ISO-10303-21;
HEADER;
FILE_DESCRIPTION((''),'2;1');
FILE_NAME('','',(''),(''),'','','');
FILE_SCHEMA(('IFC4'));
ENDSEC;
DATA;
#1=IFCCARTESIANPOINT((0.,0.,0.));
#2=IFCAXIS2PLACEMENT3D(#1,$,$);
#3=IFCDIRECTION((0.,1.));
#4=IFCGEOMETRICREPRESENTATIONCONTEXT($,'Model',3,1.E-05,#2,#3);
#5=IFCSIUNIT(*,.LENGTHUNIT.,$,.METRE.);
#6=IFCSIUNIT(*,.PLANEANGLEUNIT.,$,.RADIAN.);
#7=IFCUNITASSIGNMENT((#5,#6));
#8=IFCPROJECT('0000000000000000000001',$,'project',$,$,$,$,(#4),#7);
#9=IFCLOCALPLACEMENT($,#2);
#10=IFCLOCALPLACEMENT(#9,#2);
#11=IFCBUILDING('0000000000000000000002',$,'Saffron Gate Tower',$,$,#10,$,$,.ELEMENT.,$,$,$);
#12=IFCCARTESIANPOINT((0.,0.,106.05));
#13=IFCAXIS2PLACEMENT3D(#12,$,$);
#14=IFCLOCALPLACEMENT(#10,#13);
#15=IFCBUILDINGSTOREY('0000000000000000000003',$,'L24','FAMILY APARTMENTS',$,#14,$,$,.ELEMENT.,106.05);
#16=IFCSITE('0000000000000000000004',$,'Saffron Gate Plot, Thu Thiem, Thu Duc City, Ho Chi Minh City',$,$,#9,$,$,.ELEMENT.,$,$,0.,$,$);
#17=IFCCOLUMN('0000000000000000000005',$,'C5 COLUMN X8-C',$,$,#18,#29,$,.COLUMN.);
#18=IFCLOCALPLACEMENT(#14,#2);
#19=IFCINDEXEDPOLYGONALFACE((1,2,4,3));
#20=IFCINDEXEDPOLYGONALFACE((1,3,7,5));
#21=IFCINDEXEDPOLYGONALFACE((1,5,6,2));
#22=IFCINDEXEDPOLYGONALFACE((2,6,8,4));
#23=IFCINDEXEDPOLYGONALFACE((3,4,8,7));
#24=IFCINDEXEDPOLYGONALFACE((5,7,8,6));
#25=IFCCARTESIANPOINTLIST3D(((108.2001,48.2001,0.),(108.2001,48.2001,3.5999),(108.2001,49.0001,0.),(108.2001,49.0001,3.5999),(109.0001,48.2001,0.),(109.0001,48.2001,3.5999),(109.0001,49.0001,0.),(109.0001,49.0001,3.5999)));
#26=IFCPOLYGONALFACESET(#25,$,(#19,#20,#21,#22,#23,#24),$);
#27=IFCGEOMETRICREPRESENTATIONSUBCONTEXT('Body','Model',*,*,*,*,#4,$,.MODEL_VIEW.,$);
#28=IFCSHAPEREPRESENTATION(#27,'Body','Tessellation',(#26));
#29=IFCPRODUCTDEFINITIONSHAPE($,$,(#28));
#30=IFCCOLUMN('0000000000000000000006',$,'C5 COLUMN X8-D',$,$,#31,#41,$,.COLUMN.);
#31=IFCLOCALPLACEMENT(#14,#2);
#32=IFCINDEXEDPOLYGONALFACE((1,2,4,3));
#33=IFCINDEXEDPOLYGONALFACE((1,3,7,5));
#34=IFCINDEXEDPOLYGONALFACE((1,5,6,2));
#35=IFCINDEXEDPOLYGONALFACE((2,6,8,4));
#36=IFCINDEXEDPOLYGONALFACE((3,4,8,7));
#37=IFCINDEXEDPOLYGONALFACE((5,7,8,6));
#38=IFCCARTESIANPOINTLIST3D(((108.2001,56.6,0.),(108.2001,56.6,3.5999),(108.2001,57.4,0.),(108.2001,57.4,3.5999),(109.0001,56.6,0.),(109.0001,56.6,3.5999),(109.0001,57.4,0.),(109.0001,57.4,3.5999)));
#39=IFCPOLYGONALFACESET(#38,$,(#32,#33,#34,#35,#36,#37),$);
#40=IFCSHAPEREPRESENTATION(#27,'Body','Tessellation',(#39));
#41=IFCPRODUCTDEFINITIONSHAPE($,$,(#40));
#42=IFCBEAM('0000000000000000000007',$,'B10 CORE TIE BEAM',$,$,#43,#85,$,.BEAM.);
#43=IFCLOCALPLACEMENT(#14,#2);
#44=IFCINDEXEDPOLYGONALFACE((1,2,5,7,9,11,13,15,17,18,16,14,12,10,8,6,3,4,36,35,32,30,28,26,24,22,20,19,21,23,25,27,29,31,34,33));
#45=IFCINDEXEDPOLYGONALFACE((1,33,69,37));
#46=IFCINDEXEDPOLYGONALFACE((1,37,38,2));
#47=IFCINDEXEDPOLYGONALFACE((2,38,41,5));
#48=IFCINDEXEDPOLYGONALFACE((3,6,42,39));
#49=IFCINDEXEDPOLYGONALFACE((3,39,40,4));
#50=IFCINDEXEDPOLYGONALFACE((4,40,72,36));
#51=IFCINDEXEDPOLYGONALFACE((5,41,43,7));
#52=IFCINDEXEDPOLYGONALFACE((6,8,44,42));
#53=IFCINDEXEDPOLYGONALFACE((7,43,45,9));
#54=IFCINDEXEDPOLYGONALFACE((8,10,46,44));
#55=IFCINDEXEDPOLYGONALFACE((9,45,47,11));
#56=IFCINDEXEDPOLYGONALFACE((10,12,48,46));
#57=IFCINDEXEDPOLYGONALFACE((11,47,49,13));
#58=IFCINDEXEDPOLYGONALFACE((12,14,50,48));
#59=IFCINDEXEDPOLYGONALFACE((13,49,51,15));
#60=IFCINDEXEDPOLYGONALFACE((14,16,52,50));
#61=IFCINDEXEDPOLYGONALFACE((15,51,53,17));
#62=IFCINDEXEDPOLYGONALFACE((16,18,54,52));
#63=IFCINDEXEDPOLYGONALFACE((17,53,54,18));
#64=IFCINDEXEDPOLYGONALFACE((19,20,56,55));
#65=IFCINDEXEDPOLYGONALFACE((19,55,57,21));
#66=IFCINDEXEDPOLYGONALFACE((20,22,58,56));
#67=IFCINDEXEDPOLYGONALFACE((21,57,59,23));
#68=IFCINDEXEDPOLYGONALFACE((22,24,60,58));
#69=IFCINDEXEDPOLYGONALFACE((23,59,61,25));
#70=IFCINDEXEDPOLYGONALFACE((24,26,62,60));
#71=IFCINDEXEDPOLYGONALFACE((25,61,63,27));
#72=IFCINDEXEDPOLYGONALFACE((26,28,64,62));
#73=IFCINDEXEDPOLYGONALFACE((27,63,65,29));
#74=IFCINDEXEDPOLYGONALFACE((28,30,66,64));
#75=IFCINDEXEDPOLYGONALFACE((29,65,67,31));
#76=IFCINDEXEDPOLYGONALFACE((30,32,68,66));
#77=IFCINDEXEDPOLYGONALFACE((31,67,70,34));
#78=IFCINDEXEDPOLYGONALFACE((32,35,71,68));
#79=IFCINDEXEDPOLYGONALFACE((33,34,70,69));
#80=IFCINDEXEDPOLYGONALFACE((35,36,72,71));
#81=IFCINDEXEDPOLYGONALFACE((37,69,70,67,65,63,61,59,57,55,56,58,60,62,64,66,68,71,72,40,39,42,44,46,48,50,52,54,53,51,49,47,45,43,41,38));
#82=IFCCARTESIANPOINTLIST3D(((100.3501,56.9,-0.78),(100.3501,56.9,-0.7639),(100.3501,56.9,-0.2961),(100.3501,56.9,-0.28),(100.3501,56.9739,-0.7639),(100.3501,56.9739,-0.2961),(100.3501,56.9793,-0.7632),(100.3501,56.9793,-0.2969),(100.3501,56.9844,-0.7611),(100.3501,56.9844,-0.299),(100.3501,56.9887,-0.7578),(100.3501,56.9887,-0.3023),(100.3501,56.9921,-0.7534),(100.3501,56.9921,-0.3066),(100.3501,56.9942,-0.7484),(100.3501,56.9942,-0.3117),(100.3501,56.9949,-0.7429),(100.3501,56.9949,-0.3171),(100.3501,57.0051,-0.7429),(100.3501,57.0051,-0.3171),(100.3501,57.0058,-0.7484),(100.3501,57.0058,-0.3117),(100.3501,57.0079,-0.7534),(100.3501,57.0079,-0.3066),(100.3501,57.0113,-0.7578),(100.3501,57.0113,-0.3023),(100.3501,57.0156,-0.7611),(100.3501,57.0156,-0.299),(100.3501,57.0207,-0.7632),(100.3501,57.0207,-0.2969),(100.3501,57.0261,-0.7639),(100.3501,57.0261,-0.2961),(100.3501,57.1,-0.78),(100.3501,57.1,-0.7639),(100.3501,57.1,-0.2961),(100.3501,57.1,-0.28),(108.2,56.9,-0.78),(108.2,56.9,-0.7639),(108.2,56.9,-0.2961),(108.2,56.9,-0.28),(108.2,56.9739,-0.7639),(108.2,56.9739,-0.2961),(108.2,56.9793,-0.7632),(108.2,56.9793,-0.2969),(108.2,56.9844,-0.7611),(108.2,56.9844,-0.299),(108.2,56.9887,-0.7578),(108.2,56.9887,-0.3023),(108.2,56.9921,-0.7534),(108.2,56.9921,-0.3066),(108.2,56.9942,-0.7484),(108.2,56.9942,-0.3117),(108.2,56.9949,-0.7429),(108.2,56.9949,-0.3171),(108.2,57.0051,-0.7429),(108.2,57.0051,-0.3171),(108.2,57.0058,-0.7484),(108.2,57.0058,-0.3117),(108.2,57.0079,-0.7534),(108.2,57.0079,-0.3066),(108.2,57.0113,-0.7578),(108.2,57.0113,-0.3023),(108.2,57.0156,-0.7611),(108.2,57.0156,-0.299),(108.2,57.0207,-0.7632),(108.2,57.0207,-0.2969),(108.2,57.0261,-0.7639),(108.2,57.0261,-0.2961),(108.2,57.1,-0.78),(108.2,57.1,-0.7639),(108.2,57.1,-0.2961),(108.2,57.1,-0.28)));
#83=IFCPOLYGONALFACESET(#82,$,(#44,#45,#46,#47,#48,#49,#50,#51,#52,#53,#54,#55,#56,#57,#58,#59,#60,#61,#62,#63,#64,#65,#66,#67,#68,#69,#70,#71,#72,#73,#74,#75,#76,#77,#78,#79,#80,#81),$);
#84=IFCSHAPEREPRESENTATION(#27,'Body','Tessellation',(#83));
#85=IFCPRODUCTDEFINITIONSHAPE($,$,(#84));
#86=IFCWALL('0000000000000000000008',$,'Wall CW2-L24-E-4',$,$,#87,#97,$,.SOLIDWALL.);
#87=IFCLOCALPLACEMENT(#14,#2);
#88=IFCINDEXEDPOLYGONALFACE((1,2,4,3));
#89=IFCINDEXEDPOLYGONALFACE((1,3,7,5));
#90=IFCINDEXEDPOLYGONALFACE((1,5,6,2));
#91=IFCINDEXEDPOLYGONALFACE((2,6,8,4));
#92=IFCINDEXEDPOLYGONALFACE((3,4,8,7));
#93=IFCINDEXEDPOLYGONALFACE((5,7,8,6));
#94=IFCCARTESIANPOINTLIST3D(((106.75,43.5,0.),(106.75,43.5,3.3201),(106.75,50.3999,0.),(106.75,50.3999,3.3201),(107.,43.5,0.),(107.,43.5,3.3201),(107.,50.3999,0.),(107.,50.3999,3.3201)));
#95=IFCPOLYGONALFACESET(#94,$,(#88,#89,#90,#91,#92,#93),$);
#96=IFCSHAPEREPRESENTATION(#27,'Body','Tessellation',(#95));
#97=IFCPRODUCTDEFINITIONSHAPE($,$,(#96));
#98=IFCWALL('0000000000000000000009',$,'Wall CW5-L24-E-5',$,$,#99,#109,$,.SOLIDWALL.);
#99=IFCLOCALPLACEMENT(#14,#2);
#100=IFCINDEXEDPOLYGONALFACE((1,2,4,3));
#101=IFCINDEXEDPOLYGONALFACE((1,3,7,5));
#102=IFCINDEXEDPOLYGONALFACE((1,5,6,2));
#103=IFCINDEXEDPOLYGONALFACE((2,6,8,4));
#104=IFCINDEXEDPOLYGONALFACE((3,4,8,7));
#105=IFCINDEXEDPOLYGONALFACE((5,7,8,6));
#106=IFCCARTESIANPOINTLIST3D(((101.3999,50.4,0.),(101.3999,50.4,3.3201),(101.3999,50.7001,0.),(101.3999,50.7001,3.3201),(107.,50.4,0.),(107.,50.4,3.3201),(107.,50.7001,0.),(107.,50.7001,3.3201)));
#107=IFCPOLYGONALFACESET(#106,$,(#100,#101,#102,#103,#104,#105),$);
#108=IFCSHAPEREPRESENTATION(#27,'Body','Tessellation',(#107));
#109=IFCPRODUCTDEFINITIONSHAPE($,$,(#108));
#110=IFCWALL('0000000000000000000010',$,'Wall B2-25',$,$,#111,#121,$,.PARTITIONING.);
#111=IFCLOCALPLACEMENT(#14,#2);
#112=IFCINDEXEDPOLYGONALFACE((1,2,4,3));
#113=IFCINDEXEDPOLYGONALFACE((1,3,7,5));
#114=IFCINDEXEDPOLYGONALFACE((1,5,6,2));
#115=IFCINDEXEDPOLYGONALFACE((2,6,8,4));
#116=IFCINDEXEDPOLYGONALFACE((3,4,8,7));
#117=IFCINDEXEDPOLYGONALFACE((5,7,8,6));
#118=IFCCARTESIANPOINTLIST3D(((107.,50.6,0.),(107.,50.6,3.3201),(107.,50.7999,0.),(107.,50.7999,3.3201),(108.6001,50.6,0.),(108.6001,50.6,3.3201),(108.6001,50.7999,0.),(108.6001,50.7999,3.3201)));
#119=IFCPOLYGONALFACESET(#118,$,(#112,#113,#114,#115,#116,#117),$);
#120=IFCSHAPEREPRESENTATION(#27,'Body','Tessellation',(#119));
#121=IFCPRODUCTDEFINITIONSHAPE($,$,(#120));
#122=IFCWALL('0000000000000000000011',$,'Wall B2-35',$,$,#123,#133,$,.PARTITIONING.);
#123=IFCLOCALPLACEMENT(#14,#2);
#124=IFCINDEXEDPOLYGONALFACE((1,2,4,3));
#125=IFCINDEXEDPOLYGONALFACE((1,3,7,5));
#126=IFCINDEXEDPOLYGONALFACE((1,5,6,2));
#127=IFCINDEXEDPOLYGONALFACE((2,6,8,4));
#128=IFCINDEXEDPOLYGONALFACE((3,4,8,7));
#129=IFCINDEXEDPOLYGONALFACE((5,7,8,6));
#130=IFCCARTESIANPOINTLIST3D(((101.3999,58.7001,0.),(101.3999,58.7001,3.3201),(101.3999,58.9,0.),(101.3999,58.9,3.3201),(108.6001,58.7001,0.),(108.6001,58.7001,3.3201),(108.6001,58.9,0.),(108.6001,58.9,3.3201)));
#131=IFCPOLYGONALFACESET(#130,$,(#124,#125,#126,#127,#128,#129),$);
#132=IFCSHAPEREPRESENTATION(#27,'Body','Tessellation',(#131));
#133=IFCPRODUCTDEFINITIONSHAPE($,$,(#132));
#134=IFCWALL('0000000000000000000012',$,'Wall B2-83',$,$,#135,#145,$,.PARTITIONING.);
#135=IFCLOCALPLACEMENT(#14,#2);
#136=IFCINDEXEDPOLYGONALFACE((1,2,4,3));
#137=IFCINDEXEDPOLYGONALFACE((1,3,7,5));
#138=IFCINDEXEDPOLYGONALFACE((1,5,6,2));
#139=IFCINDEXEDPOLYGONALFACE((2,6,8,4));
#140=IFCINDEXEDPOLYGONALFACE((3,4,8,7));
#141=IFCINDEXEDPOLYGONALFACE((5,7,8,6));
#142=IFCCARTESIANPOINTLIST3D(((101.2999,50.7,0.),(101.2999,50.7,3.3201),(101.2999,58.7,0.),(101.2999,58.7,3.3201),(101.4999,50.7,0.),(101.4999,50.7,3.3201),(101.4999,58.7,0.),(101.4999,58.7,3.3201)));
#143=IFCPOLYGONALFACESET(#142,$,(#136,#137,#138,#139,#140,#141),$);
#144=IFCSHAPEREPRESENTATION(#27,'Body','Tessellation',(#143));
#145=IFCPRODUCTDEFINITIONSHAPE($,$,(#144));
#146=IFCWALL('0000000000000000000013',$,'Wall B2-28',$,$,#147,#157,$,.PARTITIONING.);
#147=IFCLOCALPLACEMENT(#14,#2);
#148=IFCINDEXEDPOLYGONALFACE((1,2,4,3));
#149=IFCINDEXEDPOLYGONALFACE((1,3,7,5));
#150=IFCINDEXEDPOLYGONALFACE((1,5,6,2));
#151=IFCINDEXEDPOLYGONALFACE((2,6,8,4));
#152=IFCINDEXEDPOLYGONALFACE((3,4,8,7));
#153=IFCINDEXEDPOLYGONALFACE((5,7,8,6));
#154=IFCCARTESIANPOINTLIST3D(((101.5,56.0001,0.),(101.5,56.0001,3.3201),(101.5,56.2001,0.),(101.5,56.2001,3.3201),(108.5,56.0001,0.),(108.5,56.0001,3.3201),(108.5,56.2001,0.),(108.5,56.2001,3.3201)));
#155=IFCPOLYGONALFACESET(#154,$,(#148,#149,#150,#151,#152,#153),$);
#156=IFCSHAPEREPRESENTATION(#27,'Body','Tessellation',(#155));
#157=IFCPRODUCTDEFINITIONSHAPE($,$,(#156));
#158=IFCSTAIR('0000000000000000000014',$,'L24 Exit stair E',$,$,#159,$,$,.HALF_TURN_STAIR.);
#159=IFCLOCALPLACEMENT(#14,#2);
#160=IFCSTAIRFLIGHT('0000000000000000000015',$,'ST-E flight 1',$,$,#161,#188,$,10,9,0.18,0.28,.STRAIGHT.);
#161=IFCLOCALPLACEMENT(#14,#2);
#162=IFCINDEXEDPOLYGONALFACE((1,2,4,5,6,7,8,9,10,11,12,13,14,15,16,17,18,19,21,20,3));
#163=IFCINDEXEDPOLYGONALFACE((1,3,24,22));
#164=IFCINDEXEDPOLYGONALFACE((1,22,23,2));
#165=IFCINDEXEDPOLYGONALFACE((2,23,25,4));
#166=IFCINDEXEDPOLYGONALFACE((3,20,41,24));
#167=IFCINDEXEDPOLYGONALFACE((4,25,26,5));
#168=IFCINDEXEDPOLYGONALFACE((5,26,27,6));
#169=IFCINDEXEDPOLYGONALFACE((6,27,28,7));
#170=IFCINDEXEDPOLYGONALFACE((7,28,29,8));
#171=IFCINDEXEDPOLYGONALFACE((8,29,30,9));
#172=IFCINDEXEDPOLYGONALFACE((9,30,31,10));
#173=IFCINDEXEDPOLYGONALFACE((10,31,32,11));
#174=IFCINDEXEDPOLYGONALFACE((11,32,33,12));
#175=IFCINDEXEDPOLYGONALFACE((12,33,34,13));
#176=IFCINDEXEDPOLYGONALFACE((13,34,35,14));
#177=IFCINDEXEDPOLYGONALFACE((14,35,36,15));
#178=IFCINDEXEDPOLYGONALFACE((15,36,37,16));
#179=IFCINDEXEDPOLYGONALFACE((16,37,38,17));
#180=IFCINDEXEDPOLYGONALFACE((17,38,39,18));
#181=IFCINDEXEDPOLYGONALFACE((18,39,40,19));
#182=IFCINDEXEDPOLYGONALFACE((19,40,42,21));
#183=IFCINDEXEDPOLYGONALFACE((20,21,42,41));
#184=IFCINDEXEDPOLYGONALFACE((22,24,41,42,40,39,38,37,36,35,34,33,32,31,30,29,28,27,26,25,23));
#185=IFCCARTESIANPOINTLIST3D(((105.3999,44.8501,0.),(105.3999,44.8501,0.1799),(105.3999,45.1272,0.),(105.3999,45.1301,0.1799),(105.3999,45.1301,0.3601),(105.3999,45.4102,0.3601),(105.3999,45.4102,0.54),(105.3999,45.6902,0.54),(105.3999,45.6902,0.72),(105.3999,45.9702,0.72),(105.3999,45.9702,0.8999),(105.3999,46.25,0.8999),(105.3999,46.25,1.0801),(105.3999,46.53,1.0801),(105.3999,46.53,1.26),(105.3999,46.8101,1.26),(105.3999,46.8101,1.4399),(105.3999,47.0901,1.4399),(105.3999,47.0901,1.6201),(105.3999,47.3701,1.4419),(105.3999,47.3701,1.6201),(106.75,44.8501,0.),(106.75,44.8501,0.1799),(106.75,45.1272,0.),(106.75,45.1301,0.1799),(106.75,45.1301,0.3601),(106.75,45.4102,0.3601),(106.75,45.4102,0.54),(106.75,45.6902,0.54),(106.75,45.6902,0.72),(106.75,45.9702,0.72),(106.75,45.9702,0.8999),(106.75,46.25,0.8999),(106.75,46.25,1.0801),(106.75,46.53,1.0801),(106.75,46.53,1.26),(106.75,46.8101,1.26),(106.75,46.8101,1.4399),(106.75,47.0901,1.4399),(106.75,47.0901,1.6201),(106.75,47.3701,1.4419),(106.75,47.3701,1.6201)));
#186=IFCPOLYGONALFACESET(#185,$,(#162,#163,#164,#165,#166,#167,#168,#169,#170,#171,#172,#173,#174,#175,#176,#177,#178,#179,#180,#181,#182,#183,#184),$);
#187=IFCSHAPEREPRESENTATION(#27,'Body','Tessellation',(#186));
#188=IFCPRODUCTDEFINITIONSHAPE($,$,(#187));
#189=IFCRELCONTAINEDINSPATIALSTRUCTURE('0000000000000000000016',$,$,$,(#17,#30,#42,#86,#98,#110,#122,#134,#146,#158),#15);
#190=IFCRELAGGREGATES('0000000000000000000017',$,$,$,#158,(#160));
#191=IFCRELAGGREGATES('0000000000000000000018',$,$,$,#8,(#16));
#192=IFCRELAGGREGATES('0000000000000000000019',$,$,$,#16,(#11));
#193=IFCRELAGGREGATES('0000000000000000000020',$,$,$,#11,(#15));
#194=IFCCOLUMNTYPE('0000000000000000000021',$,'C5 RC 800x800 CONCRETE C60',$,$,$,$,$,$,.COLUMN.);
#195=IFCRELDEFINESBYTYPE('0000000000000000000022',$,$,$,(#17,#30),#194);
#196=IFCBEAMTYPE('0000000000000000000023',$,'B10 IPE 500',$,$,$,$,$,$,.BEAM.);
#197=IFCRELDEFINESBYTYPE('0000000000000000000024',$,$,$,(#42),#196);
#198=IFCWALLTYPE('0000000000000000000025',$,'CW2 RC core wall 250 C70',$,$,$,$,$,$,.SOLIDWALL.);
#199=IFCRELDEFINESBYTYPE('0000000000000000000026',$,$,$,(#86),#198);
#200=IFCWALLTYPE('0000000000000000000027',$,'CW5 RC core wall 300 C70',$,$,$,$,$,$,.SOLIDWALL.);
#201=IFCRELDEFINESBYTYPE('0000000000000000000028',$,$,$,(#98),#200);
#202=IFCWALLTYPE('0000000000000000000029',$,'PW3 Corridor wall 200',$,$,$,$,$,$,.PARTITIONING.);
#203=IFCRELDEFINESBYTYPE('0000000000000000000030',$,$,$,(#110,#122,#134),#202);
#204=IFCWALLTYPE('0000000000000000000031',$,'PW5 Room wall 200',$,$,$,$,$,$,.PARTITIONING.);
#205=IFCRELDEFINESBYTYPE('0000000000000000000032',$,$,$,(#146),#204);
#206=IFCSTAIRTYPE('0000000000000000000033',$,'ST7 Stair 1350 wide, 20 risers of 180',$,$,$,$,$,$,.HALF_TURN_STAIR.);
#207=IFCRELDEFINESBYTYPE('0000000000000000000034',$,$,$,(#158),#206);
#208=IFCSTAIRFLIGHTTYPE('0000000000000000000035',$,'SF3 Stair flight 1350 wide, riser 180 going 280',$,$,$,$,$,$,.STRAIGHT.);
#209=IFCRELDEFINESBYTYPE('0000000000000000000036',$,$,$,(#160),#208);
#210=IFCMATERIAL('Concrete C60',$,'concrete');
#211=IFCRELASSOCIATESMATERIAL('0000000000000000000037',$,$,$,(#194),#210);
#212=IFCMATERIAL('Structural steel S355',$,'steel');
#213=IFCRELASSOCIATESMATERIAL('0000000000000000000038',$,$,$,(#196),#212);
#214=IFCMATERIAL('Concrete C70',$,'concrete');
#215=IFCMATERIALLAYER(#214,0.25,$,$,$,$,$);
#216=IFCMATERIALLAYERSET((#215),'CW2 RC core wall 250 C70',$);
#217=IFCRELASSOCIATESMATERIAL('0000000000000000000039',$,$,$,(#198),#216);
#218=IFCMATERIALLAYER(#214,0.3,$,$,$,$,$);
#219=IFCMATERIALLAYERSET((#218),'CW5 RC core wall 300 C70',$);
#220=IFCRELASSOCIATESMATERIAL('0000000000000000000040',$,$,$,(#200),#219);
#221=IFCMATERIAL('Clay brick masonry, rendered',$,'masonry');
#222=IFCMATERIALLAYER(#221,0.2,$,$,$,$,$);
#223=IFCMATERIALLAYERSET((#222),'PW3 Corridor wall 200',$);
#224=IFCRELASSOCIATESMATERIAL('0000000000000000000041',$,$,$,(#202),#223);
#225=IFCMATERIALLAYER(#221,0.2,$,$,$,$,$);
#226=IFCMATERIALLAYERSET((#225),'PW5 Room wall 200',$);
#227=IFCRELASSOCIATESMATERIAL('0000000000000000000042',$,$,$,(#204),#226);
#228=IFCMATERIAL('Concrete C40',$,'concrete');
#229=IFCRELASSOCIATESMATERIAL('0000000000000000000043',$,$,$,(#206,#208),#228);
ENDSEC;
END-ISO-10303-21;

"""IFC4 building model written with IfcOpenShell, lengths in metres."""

from ifc_helpers import new_model, si_unit, direction, frame, frame_2d, origin, origin_2d, place, context, subcontext, project, spatial, polyline, rectangle, i_section, outline, extrude, material, layer, layer_set, material_profile, profile_set, type_object, element, aggregate, save


model = new_model("IFC4")

# Units and contexts
model_context = context("Model", 3, precision=1e-05, world=origin(), true_north=direction((0.0, 1.0)))
body_context = subcontext(model_context, "Body", "Model", "MODEL_VIEW")
ifc_project = project(units=[si_unit("LENGTHUNIT", "METRE"), si_unit("PLANEANGLEUNIT", "RADIAN")], contexts=[model_context])

# Site, building, storey
site_placement = place(None, origin())
site = spatial("IfcSite", under=ifc_project, at=site_placement, Name="Saffron Gate Plot, Thu Thiem, Thu Duc City, Ho Chi Minh City", CompositionType="ELEMENT", RefElevation=0.0)
building_placement = place(site_placement, origin())
building = spatial("IfcBuilding", under=site, at=building_placement, Name="Saffron Gate Tower", CompositionType="ELEMENT")
storey_placement = place(building_placement, frame((0.0, 0.0, 106.05)))
storey = spatial("IfcBuildingStorey", under=building, at=storey_placement, Name="L24", Description="FAMILY APARTMENTS", CompositionType="ELEMENT", Elevation=106.05)

# Columns
ifc_material_1 = material(Name="Concrete C60", Category="concrete")
ifc_material_profile_1 = material_profile(ifc_material_1, rectangle(XDim=0.8, YDim=0.8, at=origin_2d()))
ifc_profile_set_1 = profile_set([ifc_material_profile_1], Name="Concrete C60")
column_type = type_object("IfcColumnType", Name="C5 RC 800x800 CONCRETE C60", PredefinedType="COLUMN", material=ifc_profile_set_1)
for number, where, z_axis, x_axis, name in (
    (1, (108.6001, 48.6001, 0.0), (0.0, 0.0, 1.0), (1.0, 0.0, 0.0), "C5 COLUMN X8-C"),
    (2, (108.6001, 57.0, 0.0), (0.0, 0.0, 1.0), (1.0, 0.0, 0.0), "C5 COLUMN X8-D"),
):
    element("IfcColumn", number, at=place(storey_placement, frame(where, z_axis=z_axis, x_axis=x_axis)), inside=storey, type_object=column_type, Name=name, PredefinedType="COLUMN", context=body_context, shape_type="SweptSolid", body=[
        extrude(rectangle(XDim=0.8, YDim=0.8, at=origin_2d()), origin(), (0.0, 0.0, 1.0), 3.5999),
    ])

# Beam
ifc_material_2 = material(Name="Structural steel S355", Category="steel")
ifc_material_profile_2 = material_profile(ifc_material_2, i_section(OverallWidth=0.2, OverallDepth=0.5, WebThickness=0.0103, FlangeThickness=0.0161, FilletRadius=0.021, at=origin_2d()))
ifc_profile_set_2 = profile_set([ifc_material_profile_2], Name="Structural steel S355")
beam_type = type_object("IfcBeamType", Name="B10 IPE 500", PredefinedType="BEAM", material=ifc_profile_set_2)
beam_placement = place(storey_placement, frame((108.2, 57.0, -0.53), z_axis=(-1.0, 0.0, 0.0), x_axis=(0.0, -1.0, 0.0)))
element("IfcBeam", 3, at=beam_placement, inside=storey, type_object=beam_type, Name="B10 CORE TIE BEAM", PredefinedType="BEAM", context=body_context, shape_type="SweptSolid", body=[
    extrude(i_section(OverallWidth=0.2, OverallDepth=0.5, WebThickness=0.0103, FlangeThickness=0.0161, FilletRadius=0.021, at=origin_2d()), origin(), (0.0, 0.0, 1.0), 7.8499),
])

# Walls
ifc_material_3 = material(Name="Concrete C70", Category="concrete")
ifc_layer_1 = layer(ifc_material_3, 0.25)
ifc_layer_set_1 = layer_set([ifc_layer_1], Name="CW2 RC core wall 250 C70")
wall_type_1 = type_object("IfcWallType", Name="CW2 RC core wall 250 C70", PredefinedType="SOLIDWALL", material=ifc_layer_set_1)
wall_1_placement = place(storey_placement, frame((106.875, 43.5, 0.0), z_axis=(0.0, 0.0, 1.0), x_axis=(0.0, 1.0, 0.0)))
element("IfcWall", 4, at=wall_1_placement, inside=storey, type_object=wall_type_1, Name="Wall CW2-L24-E-4", PredefinedType="SOLIDWALL", context=body_context, shape_type="SweptSolid", body=[
    extrude(rectangle(XDim=6.8999, YDim=0.25, at=frame_2d((3.45, 0.0))), origin(), (0.0, 0.0, 1.0), 3.3201),
])
ifc_layer_2 = layer(ifc_material_3, 0.3)
ifc_layer_set_2 = layer_set([ifc_layer_2], Name="CW5 RC core wall 300 C70")
wall_type_2 = type_object("IfcWallType", Name="CW5 RC core wall 300 C70", PredefinedType="SOLIDWALL", material=ifc_layer_set_2)
wall_2_placement = place(storey_placement, frame((101.3999, 50.55, 0.0), z_axis=(0.0, 0.0, 1.0), x_axis=(1.0, 0.0, 0.0)))
element("IfcWall", 5, at=wall_2_placement, inside=storey, type_object=wall_type_2, Name="Wall CW5-L24-E-5", PredefinedType="SOLIDWALL", context=body_context, shape_type="SweptSolid", body=[
    extrude(rectangle(XDim=5.6001, YDim=0.3, at=frame_2d((2.8, 0.0))), origin(), (0.0, 0.0, 1.0), 3.3201),
])
ifc_material_4 = material(Name="Clay brick masonry, rendered", Category="masonry")
ifc_layer_3 = layer(ifc_material_4, 0.2)
ifc_layer_set_3 = layer_set([ifc_layer_3], Name="PW3 Corridor wall 200")
wall_type_3 = type_object("IfcWallType", Name="PW3 Corridor wall 200", PredefinedType="PARTITIONING", material=ifc_layer_set_3)
wall_3_placement = place(storey_placement, frame((107.0, 50.7, 0.0), z_axis=(0.0, 0.0, 1.0), x_axis=(1.0, 0.0, 0.0)))
element("IfcWall", 6, at=wall_3_placement, inside=storey, type_object=wall_type_3, Name="Wall B2-25", PredefinedType="PARTITIONING", context=body_context, shape_type="SweptSolid", body=[
    extrude(rectangle(XDim=1.6001, YDim=0.2, at=frame_2d((0.8, 0.0))), origin(), (0.0, 0.0, 1.0), 3.3201),
])
wall_4_placement = place(storey_placement, frame((101.3999, 58.8, 0.0), z_axis=(0.0, 0.0, 1.0), x_axis=(1.0, 0.0, 0.0)))
element("IfcWall", 7, at=wall_4_placement, inside=storey, type_object=wall_type_3, Name="Wall B2-35", PredefinedType="PARTITIONING", context=body_context, shape_type="SweptSolid", body=[
    extrude(rectangle(XDim=7.2002, YDim=0.2, at=frame_2d((3.6001, 0.0))), origin(), (0.0, 0.0, 1.0), 3.3201),
])
wall_5_placement = place(storey_placement, frame((101.3999, 58.7, 0.0), z_axis=(0.0, 0.0, 1.0), x_axis=(0.0, -1.0, 0.0)))
element("IfcWall", 8, at=wall_5_placement, inside=storey, type_object=wall_type_3, Name="Wall B2-83", PredefinedType="PARTITIONING", context=body_context, shape_type="SweptSolid", body=[
    extrude(rectangle(XDim=8.0, YDim=0.2, at=frame_2d((4.0, 0.0))), origin(), (0.0, 0.0, 1.0), 3.3201),
])
ifc_layer_4 = layer(ifc_material_4, 0.2)
ifc_layer_set_4 = layer_set([ifc_layer_4], Name="PW5 Room wall 200")
wall_type_4 = type_object("IfcWallType", Name="PW5 Room wall 200", PredefinedType="PARTITIONING", material=ifc_layer_set_4)
wall_6_placement = place(storey_placement, frame((101.5, 56.1001, 0.0), z_axis=(0.0, 0.0, 1.0), x_axis=(1.0, 0.0, 0.0)))
element("IfcWall", 9, at=wall_6_placement, inside=storey, type_object=wall_type_4, Name="Wall B2-28", PredefinedType="PARTITIONING", context=body_context, shape_type="SweptSolid", body=[
    extrude(rectangle(XDim=7.0, YDim=0.2, at=frame_2d((3.5, 0.0))), origin(), (0.0, 0.0, 1.0), 3.3201),
])

# Stair, stair flight
ifc_material_5 = material(Name="Concrete C40", Category="concrete")
stair_type = type_object("IfcStairType", Name="ST7 Stair 1350 wide, 20 risers of 180", PredefinedType="HALF_TURN_STAIR", material=ifc_material_5)
stair_placement = place(storey_placement, origin())
stair = element("IfcStair", 10, at=stair_placement, inside=storey, type_object=stair_type, Name="L24 Exit stair E", PredefinedType="HALF_TURN_STAIR")
stair_flight_type = type_object("IfcStairFlightType", Name="SF3 Stair flight 1350 wide, riser 180 going 280", PredefinedType="STRAIGHT", material=ifc_material_5)
stair_flight_1_placement = place(storey_placement, frame((106.075, 44.8501, 0.0), z_axis=(0.0, 0.0, 1.0), x_axis=(0.0, 1.0, 0.0)))
stair_flight_1 = element("IfcStairFlight", 11, at=stair_flight_1_placement, type_object=stair_flight_type, Name="ST-E flight 1", NumberOfRisers=10, NumberOfTreads=9, PredefinedType="STRAIGHT", RiserHeight=0.18, TreadLength=0.28, context=body_context, shape_type="SweptSolid", body=[
    extrude(outline(polyline([(0.0, 0.0), (0.0, 0.1799), (0.28, 0.1799), (0.28, 0.3601), (0.5601, 0.3601), (0.5601, 0.54), (0.8401, 0.54), (0.8401, 0.72), (1.1201, 0.72), (1.1201, 0.8999), (1.3999, 0.8999), (1.3999, 1.0801), (1.6799, 1.0801), (1.6799, 1.26), (1.96, 1.26), (1.96, 1.4399), (2.24, 1.4399), (2.24, 1.6201), (2.52, 1.6201), (2.52, 1.8), (2.52, 1.4419), (0.2771, 0.0), (0.0, 0.0)])), frame((0.0, 0.675, 0.0), z_axis=(0.0, -1.0, 0.0), x_axis=(1.0, 0.0, 0.0)), (0.0, 0.0, 1.0), 1.3501),
])
aggregate(stair, [stair_flight_1])

save(model, "model.ifc")
